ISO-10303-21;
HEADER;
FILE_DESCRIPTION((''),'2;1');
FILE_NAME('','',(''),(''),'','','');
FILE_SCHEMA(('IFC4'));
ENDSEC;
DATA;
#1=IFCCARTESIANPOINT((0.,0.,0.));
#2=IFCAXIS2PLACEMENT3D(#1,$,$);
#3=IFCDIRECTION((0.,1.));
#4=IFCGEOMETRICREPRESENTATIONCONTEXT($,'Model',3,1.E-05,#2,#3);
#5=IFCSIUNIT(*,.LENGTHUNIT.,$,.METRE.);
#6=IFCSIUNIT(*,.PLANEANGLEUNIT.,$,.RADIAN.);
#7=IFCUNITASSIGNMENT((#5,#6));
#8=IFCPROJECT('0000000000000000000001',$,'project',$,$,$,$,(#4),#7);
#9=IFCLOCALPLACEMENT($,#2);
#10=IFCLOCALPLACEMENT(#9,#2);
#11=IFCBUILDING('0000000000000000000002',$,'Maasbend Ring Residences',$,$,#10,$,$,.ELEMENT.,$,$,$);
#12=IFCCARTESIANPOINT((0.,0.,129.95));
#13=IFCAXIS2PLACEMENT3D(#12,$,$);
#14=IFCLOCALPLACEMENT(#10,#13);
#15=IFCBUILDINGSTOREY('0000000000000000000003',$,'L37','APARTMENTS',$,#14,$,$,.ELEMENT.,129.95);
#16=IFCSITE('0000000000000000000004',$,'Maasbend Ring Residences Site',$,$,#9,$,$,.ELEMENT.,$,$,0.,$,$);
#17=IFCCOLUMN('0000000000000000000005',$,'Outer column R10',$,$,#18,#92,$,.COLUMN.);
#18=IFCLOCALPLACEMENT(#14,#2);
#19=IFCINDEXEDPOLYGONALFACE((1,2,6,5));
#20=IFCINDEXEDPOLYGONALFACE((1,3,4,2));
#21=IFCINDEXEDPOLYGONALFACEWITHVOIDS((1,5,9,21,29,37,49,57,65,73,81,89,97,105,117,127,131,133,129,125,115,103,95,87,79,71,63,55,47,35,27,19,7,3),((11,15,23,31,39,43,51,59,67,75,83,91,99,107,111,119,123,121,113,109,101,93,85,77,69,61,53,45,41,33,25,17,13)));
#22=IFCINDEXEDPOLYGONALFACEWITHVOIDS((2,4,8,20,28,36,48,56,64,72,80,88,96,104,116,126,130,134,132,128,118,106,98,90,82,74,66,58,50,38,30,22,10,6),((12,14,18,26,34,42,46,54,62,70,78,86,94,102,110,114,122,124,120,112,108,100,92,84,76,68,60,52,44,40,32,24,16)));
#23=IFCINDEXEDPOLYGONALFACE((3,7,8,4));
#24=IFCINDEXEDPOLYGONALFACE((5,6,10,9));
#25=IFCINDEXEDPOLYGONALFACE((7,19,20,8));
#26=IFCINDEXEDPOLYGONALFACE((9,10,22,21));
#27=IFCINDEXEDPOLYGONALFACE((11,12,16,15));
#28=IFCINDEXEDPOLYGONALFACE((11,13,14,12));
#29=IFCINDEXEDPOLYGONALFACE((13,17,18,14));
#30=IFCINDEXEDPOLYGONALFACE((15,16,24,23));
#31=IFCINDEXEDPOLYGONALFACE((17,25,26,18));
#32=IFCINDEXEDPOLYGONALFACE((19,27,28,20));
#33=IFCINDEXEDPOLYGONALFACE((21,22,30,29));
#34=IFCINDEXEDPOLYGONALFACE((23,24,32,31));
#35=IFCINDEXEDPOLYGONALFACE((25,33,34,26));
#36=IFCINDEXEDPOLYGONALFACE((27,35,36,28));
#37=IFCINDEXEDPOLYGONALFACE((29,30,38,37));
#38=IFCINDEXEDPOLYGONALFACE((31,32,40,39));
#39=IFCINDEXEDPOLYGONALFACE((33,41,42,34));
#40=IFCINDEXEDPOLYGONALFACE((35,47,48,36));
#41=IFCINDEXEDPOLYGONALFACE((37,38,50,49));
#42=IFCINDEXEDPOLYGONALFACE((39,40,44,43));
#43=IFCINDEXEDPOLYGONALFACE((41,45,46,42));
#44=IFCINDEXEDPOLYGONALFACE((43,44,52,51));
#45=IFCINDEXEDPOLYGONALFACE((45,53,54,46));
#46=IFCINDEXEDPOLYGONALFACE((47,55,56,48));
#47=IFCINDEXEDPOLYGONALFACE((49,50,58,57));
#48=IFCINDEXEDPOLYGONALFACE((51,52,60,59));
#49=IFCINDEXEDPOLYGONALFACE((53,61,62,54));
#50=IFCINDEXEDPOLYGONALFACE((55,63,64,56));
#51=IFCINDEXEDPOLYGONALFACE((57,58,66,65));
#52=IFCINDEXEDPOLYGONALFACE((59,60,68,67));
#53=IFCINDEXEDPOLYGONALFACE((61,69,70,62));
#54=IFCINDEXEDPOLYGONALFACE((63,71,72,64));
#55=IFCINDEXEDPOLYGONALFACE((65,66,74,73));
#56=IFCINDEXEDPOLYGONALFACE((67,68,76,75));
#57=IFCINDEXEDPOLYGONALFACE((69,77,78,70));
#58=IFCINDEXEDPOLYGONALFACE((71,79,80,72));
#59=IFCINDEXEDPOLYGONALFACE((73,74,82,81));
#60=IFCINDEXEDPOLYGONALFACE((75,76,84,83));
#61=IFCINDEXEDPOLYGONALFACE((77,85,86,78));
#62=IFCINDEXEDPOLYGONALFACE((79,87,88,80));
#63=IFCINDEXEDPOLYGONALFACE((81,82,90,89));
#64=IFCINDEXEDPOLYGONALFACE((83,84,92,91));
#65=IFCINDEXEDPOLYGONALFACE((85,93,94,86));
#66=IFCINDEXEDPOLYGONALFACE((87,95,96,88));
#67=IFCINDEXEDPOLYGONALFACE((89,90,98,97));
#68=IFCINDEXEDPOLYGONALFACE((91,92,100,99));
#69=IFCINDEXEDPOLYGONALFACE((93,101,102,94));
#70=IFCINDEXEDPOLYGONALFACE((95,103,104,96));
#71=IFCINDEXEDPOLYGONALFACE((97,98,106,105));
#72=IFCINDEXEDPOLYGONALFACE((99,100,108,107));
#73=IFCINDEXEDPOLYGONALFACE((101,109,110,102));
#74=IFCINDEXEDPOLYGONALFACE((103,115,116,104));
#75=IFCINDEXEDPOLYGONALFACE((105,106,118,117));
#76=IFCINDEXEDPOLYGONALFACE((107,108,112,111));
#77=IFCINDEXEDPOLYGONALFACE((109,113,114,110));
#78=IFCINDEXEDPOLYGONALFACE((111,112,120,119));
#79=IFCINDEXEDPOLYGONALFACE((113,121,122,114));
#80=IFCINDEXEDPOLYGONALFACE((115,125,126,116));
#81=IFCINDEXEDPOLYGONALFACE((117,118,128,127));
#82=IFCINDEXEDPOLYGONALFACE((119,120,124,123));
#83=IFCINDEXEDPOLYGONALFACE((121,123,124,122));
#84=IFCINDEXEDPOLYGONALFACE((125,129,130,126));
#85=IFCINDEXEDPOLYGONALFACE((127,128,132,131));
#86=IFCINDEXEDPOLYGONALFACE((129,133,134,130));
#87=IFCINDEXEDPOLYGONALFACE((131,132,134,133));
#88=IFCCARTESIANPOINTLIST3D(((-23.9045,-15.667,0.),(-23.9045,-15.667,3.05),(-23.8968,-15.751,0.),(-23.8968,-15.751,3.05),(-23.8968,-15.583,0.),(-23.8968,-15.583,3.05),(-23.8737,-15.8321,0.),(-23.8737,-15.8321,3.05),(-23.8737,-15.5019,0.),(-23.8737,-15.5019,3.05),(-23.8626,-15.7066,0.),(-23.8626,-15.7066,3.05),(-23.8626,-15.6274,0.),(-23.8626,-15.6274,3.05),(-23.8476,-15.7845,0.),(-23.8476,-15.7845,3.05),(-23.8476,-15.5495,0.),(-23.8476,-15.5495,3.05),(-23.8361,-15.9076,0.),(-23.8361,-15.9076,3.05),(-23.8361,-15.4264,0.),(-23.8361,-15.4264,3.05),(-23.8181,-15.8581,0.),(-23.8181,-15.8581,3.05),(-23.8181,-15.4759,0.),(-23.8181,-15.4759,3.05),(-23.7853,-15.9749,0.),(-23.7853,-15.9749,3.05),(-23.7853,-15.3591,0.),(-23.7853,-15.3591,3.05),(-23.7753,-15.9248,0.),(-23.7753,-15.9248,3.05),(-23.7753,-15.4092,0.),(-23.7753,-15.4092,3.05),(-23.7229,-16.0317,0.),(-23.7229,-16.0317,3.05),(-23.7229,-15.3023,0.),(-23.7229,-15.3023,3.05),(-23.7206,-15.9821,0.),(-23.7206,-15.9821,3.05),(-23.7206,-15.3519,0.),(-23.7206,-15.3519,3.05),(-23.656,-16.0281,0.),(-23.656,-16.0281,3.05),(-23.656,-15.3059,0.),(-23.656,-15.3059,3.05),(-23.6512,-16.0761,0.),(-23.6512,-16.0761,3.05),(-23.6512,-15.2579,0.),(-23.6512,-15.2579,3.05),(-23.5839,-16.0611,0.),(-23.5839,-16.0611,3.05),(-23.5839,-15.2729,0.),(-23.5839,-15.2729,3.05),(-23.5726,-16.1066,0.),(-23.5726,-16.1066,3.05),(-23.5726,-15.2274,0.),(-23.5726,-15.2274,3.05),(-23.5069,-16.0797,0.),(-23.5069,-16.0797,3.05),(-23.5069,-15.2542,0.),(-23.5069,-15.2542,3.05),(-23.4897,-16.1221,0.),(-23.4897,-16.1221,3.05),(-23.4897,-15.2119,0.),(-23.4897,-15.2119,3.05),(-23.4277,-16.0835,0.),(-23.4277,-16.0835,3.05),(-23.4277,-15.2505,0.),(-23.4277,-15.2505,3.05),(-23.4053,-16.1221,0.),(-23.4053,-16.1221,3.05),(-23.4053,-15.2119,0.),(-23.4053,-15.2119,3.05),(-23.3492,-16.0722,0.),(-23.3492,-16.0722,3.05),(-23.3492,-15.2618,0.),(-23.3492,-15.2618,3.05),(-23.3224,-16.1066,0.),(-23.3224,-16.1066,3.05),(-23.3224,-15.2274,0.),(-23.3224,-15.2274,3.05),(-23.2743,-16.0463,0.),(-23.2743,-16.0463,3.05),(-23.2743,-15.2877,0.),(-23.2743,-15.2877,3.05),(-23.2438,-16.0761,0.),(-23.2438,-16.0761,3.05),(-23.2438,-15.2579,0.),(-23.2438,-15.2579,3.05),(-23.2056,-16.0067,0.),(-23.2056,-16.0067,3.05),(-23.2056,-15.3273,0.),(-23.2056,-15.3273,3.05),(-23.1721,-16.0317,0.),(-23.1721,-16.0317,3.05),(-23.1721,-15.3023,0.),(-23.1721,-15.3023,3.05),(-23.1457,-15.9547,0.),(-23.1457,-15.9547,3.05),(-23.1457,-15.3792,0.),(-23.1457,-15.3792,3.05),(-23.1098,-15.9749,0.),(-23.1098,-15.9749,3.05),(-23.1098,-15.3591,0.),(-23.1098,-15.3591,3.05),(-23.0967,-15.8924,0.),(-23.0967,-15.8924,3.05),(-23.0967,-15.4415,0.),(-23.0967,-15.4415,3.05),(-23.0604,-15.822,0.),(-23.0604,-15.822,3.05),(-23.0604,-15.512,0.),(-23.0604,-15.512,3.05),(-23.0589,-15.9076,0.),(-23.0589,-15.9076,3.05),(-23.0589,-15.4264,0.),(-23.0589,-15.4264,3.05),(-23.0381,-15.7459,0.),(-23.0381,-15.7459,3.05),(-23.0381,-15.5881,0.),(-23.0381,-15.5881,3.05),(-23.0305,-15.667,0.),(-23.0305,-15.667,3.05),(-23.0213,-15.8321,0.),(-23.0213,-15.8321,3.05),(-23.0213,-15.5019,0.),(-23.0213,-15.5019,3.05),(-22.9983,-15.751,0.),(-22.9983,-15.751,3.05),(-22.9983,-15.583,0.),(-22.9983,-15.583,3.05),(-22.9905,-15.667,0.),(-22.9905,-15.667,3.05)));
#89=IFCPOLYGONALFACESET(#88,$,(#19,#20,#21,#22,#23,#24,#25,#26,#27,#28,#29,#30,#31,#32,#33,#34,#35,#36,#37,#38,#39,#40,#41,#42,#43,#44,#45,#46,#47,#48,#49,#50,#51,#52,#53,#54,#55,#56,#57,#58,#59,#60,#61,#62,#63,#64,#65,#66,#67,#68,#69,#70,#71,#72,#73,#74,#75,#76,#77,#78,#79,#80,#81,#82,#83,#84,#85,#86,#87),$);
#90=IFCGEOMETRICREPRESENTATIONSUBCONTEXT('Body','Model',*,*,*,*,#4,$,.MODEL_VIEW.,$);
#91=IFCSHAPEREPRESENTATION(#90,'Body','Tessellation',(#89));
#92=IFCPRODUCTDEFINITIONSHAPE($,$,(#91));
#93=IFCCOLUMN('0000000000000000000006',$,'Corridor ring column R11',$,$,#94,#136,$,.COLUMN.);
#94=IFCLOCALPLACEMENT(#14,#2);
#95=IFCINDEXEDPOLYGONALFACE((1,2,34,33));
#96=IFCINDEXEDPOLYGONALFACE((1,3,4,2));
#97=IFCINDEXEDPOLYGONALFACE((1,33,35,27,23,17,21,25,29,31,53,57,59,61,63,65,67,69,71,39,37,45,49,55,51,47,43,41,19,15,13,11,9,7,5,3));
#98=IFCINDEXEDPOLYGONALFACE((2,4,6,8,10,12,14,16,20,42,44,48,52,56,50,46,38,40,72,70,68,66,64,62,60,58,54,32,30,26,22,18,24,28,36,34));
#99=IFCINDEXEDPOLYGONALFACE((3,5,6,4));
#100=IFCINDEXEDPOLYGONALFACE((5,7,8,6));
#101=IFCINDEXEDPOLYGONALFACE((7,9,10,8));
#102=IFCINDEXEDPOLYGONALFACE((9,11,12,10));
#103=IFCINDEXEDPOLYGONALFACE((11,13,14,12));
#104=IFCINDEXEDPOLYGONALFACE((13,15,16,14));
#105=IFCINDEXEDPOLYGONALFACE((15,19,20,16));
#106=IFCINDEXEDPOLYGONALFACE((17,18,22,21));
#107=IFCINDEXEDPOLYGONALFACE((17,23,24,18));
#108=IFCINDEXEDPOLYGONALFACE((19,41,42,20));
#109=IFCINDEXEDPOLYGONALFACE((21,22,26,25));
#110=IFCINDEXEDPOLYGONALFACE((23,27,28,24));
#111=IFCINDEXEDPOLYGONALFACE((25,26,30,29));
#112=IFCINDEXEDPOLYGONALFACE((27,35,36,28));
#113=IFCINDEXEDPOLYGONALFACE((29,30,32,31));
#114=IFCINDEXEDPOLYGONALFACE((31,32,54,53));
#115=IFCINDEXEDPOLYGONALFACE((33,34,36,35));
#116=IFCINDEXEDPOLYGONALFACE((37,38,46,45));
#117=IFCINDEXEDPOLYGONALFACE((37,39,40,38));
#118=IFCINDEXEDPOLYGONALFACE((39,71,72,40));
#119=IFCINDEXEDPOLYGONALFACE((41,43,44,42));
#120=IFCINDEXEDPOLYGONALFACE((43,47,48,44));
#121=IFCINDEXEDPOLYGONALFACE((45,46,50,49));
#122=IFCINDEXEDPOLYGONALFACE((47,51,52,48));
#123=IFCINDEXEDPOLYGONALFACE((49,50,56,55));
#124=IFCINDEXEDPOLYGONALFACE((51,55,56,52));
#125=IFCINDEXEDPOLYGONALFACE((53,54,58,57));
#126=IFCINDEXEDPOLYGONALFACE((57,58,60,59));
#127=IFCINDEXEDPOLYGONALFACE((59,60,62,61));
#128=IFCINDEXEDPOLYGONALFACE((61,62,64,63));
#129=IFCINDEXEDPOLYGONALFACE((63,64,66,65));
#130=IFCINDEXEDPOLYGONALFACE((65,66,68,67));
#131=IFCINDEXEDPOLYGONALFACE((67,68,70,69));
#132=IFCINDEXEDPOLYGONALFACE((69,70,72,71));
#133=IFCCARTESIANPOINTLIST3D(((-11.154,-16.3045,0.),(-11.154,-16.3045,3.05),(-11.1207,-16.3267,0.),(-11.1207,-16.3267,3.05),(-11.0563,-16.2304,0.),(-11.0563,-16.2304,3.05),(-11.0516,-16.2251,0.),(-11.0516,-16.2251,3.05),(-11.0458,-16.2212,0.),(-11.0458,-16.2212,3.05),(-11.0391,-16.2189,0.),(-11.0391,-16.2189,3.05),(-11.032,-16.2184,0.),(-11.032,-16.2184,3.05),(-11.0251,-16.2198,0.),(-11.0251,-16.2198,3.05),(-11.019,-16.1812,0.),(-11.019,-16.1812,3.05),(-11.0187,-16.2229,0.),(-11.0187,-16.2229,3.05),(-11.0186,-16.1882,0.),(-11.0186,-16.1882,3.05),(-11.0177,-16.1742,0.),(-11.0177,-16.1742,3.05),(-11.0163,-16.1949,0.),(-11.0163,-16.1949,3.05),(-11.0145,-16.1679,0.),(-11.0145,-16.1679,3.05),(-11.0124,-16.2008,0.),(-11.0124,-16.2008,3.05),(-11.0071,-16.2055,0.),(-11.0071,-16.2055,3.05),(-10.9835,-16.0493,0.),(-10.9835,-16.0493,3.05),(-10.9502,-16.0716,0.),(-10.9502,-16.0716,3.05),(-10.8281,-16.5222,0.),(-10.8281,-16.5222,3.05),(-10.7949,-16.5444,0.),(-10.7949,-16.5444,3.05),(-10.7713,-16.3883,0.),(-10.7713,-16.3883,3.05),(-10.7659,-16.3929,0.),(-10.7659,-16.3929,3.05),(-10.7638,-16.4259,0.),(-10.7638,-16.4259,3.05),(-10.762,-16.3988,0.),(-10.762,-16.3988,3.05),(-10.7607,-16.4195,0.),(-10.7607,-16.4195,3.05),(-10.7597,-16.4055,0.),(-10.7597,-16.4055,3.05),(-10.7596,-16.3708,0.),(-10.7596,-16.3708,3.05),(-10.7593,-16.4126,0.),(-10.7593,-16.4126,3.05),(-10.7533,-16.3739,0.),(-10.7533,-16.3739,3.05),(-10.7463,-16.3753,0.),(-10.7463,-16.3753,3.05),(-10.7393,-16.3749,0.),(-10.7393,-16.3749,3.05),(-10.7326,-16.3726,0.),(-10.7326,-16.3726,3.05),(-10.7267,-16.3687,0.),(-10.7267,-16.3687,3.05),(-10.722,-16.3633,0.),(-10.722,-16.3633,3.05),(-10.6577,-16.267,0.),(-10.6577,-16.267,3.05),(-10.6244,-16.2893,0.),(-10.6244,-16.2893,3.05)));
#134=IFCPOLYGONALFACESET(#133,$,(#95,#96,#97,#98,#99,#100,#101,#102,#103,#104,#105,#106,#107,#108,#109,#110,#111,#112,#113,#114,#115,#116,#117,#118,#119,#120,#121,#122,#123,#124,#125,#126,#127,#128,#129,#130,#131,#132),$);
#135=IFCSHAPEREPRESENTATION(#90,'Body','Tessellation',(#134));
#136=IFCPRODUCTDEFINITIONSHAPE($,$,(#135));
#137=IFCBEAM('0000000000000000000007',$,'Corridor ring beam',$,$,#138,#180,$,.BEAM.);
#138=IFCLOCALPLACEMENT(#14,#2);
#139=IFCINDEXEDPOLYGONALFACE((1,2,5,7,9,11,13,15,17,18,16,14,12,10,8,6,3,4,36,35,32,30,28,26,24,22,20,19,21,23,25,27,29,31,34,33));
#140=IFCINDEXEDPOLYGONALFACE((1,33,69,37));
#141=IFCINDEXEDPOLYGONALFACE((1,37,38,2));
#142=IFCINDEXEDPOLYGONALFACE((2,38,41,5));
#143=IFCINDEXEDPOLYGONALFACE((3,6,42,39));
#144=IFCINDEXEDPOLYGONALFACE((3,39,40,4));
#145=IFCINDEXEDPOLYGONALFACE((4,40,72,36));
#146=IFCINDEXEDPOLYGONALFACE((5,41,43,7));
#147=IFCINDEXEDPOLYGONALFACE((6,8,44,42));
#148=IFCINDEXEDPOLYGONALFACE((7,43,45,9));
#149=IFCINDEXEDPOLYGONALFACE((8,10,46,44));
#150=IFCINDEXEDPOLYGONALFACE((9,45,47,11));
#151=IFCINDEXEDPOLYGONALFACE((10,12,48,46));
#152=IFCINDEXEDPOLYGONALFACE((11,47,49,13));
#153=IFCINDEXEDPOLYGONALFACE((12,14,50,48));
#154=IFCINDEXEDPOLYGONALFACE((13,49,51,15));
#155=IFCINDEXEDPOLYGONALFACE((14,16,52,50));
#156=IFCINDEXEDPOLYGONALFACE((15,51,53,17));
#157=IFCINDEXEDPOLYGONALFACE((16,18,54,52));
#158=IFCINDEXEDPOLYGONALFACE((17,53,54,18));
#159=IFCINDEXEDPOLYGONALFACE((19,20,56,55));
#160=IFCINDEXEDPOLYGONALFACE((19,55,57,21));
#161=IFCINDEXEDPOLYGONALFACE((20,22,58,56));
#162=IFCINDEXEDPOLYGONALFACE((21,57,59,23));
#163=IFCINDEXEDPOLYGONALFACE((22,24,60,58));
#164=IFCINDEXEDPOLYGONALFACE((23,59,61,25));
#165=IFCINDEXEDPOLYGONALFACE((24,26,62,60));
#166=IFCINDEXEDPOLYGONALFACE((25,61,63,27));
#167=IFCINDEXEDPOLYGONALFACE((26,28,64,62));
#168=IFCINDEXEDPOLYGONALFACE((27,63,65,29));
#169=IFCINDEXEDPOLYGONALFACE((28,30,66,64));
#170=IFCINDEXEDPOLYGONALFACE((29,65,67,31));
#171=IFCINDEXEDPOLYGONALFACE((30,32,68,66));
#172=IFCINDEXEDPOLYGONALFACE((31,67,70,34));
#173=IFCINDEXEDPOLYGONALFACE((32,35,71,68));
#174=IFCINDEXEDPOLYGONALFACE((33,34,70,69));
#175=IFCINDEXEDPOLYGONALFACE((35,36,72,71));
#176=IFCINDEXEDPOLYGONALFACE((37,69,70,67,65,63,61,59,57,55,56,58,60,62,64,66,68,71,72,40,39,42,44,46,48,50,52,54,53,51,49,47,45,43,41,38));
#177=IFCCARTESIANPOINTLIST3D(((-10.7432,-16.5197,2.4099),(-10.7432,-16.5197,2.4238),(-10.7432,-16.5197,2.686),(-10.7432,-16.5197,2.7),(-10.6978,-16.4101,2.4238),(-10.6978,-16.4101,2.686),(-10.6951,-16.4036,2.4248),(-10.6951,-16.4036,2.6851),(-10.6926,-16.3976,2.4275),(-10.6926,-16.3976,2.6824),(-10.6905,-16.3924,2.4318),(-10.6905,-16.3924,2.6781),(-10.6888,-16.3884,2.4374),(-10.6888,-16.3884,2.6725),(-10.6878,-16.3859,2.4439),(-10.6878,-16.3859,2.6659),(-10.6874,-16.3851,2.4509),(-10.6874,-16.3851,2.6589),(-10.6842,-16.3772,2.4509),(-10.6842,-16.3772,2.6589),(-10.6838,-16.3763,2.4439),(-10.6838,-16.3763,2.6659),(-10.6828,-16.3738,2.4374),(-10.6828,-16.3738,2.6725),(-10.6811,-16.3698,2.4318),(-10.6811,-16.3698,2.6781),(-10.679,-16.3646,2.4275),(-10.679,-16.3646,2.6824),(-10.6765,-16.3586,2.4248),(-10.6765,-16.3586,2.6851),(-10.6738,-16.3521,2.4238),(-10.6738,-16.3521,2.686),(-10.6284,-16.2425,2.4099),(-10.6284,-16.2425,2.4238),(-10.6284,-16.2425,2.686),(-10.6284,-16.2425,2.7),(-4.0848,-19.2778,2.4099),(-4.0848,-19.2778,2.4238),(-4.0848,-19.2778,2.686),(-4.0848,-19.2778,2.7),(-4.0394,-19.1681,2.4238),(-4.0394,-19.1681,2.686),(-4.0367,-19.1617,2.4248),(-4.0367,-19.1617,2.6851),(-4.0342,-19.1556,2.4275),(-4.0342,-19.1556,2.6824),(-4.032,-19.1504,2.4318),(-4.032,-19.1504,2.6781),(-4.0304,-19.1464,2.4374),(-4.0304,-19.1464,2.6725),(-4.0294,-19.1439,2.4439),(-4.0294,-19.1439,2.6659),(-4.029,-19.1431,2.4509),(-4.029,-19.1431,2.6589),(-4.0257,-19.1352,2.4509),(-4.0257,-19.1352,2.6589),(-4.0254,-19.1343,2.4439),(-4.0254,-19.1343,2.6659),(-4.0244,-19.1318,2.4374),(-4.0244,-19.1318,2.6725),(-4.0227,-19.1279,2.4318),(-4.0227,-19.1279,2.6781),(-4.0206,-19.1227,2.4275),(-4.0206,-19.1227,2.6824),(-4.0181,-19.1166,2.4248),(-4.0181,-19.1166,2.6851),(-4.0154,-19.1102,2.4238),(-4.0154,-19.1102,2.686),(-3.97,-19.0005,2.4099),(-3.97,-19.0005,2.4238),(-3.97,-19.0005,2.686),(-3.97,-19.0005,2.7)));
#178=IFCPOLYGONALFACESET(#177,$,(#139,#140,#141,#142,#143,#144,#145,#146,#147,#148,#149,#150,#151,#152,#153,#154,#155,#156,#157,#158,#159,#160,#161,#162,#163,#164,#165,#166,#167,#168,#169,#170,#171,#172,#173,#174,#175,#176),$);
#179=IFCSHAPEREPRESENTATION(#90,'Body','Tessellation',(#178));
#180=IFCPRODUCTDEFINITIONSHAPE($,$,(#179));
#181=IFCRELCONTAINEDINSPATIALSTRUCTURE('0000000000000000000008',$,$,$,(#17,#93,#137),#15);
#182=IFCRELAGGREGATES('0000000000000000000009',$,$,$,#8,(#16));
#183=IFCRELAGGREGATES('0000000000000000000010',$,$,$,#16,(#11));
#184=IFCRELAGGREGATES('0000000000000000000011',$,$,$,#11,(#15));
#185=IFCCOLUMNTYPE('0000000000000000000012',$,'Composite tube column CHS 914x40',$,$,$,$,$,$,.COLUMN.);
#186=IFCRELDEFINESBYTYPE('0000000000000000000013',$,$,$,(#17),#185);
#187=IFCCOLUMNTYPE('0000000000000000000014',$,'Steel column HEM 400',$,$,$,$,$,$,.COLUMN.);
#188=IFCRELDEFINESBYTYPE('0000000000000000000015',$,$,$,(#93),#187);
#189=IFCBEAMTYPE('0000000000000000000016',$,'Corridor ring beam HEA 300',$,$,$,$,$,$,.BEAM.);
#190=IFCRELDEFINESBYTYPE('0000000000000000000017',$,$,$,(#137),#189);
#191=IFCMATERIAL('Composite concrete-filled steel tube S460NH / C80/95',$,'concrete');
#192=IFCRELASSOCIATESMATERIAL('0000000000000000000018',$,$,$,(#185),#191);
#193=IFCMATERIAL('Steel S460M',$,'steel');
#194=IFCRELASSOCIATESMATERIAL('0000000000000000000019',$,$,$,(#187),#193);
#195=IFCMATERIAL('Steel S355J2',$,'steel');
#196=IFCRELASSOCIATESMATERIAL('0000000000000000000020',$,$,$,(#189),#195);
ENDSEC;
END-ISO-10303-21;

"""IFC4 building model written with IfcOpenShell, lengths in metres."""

from ifc_helpers import new_model, si_unit, direction, frame, origin, origin_2d, place, context, subcontext, project, spatial, hollow_circle, i_section, extrude, material, material_profile, profile_set, type_object, element, save


model = new_model("IFC4")

# Units and contexts
model_context = context("Model", 3, precision=1e-05, world=origin(), true_north=direction((0.0, 1.0)))
body_context = subcontext(model_context, "Body", "Model", "MODEL_VIEW")
ifc_project = project(units=[si_unit("LENGTHUNIT", "METRE"), si_unit("PLANEANGLEUNIT", "RADIAN")], contexts=[model_context])

# Site, building, storey
site_placement = place(None, origin())
site = spatial("IfcSite", under=ifc_project, at=site_placement, Name="Maasbend Ring Residences Site", CompositionType="ELEMENT", RefElevation=0.0)
building_placement = place(site_placement, origin())
building = spatial("IfcBuilding", under=site, at=building_placement, Name="Maasbend Ring Residences", CompositionType="ELEMENT")
storey_placement = place(building_placement, frame((0.0, 0.0, 129.95)))
storey = spatial("IfcBuildingStorey", under=building, at=storey_placement, Name="L37", Description="APARTMENTS", CompositionType="ELEMENT", Elevation=129.95)

# Columns
ifc_material_1 = material(Name="Composite concrete-filled steel tube S460NH / C80/95", Category="concrete")
ifc_material_profile_1 = material_profile(ifc_material_1, hollow_circle(Radius=0.457, WallThickness=0.04, at=origin_2d()), Name="Composite tube column CHS 914x40")
ifc_profile_set_1 = profile_set([ifc_material_profile_1], Name="Composite concrete-filled steel tube S460NH / C80/95")
column_type_1 = type_object("IfcColumnType", Name="Composite tube column CHS 914x40", PredefinedType="COLUMN", material=ifc_profile_set_1)
column_1_placement = place(storey_placement, frame((-23.4475, -15.667, 0.0), z_axis=(0.0, 0.0, 1.0), x_axis=(1.0, 0.0, 0.0)))
element("IfcColumn", 1, at=column_1_placement, inside=storey, type_object=column_type_1, Name="Outer column R10", PredefinedType="COLUMN", context=body_context, shape_type="SweptSolid", body=[
    extrude(hollow_circle(Radius=0.457, WallThickness=0.04, at=origin_2d()), origin(), (0.0, 0.0, 1.0), 3.05),
])
ifc_material_2 = material(Name="Steel S460M", Category="steel")
ifc_material_profile_2 = material_profile(ifc_material_2, i_section(OverallWidth=0.3069, OverallDepth=0.4319, WebThickness=0.021, FlangeThickness=0.04, FilletRadius=0.0271, at=origin_2d()), Name="HEM 400")
ifc_profile_set_2 = profile_set([ifc_material_profile_2], Name="Steel S460M")
column_type_2 = type_object("IfcColumnType", Name="Steel column HEM 400", PredefinedType="COLUMN", material=ifc_profile_set_2)
column_2_placement = place(storey_placement, frame((-10.8892, -16.2969, 0.0), z_axis=(0.0, 0.0, 1.0), x_axis=(-0.55557, -0.83147, 0.0)))
element("IfcColumn", 2, at=column_2_placement, inside=storey, type_object=column_type_2, Name="Corridor ring column R11", PredefinedType="COLUMN", context=body_context, shape_type="SweptSolid", body=[
    extrude(i_section(OverallWidth=0.3069, OverallDepth=0.4319, WebThickness=0.021, FlangeThickness=0.04, FilletRadius=0.0271, at=origin_2d()), origin(), (0.0, 0.0, 1.0), 3.05),
])

# Beam
ifc_material_3 = material(Name="Steel S355J2", Category="steel")
ifc_material_profile_3 = material_profile(ifc_material_3, i_section(OverallWidth=0.3, OverallDepth=0.29, WebThickness=0.0085, FlangeThickness=0.0139, FilletRadius=0.0271, at=origin_2d()), Name="HEA 300")
ifc_profile_set_3 = profile_set([ifc_material_profile_3], Name="Steel S355J2")
beam_type_1 = type_object("IfcBeamType", Name="Corridor ring beam HEA 300", PredefinedType="BEAM", material=ifc_profile_set_3)
beam_1_placement = place(storey_placement, frame((-10.6858, -16.3811, 2.5549), z_axis=(0.923878, -0.382688, 0.0), x_axis=(0.382688, 0.923878, 0.0)))
element("IfcBeam", 3, at=beam_1_placement, inside=storey, type_object=beam_type_1, Name="Corridor ring beam", PredefinedType="BEAM", context=body_context, shape_type="SweptSolid", body=[
    extrude(i_section(OverallWidth=0.3, OverallDepth=0.29, WebThickness=0.0085, FlangeThickness=0.0139, FilletRadius=0.0271, at=origin_2d()), origin(), (0.0, 0.0, 1.0), 7.207),
])

save(model, "model.ifc")
